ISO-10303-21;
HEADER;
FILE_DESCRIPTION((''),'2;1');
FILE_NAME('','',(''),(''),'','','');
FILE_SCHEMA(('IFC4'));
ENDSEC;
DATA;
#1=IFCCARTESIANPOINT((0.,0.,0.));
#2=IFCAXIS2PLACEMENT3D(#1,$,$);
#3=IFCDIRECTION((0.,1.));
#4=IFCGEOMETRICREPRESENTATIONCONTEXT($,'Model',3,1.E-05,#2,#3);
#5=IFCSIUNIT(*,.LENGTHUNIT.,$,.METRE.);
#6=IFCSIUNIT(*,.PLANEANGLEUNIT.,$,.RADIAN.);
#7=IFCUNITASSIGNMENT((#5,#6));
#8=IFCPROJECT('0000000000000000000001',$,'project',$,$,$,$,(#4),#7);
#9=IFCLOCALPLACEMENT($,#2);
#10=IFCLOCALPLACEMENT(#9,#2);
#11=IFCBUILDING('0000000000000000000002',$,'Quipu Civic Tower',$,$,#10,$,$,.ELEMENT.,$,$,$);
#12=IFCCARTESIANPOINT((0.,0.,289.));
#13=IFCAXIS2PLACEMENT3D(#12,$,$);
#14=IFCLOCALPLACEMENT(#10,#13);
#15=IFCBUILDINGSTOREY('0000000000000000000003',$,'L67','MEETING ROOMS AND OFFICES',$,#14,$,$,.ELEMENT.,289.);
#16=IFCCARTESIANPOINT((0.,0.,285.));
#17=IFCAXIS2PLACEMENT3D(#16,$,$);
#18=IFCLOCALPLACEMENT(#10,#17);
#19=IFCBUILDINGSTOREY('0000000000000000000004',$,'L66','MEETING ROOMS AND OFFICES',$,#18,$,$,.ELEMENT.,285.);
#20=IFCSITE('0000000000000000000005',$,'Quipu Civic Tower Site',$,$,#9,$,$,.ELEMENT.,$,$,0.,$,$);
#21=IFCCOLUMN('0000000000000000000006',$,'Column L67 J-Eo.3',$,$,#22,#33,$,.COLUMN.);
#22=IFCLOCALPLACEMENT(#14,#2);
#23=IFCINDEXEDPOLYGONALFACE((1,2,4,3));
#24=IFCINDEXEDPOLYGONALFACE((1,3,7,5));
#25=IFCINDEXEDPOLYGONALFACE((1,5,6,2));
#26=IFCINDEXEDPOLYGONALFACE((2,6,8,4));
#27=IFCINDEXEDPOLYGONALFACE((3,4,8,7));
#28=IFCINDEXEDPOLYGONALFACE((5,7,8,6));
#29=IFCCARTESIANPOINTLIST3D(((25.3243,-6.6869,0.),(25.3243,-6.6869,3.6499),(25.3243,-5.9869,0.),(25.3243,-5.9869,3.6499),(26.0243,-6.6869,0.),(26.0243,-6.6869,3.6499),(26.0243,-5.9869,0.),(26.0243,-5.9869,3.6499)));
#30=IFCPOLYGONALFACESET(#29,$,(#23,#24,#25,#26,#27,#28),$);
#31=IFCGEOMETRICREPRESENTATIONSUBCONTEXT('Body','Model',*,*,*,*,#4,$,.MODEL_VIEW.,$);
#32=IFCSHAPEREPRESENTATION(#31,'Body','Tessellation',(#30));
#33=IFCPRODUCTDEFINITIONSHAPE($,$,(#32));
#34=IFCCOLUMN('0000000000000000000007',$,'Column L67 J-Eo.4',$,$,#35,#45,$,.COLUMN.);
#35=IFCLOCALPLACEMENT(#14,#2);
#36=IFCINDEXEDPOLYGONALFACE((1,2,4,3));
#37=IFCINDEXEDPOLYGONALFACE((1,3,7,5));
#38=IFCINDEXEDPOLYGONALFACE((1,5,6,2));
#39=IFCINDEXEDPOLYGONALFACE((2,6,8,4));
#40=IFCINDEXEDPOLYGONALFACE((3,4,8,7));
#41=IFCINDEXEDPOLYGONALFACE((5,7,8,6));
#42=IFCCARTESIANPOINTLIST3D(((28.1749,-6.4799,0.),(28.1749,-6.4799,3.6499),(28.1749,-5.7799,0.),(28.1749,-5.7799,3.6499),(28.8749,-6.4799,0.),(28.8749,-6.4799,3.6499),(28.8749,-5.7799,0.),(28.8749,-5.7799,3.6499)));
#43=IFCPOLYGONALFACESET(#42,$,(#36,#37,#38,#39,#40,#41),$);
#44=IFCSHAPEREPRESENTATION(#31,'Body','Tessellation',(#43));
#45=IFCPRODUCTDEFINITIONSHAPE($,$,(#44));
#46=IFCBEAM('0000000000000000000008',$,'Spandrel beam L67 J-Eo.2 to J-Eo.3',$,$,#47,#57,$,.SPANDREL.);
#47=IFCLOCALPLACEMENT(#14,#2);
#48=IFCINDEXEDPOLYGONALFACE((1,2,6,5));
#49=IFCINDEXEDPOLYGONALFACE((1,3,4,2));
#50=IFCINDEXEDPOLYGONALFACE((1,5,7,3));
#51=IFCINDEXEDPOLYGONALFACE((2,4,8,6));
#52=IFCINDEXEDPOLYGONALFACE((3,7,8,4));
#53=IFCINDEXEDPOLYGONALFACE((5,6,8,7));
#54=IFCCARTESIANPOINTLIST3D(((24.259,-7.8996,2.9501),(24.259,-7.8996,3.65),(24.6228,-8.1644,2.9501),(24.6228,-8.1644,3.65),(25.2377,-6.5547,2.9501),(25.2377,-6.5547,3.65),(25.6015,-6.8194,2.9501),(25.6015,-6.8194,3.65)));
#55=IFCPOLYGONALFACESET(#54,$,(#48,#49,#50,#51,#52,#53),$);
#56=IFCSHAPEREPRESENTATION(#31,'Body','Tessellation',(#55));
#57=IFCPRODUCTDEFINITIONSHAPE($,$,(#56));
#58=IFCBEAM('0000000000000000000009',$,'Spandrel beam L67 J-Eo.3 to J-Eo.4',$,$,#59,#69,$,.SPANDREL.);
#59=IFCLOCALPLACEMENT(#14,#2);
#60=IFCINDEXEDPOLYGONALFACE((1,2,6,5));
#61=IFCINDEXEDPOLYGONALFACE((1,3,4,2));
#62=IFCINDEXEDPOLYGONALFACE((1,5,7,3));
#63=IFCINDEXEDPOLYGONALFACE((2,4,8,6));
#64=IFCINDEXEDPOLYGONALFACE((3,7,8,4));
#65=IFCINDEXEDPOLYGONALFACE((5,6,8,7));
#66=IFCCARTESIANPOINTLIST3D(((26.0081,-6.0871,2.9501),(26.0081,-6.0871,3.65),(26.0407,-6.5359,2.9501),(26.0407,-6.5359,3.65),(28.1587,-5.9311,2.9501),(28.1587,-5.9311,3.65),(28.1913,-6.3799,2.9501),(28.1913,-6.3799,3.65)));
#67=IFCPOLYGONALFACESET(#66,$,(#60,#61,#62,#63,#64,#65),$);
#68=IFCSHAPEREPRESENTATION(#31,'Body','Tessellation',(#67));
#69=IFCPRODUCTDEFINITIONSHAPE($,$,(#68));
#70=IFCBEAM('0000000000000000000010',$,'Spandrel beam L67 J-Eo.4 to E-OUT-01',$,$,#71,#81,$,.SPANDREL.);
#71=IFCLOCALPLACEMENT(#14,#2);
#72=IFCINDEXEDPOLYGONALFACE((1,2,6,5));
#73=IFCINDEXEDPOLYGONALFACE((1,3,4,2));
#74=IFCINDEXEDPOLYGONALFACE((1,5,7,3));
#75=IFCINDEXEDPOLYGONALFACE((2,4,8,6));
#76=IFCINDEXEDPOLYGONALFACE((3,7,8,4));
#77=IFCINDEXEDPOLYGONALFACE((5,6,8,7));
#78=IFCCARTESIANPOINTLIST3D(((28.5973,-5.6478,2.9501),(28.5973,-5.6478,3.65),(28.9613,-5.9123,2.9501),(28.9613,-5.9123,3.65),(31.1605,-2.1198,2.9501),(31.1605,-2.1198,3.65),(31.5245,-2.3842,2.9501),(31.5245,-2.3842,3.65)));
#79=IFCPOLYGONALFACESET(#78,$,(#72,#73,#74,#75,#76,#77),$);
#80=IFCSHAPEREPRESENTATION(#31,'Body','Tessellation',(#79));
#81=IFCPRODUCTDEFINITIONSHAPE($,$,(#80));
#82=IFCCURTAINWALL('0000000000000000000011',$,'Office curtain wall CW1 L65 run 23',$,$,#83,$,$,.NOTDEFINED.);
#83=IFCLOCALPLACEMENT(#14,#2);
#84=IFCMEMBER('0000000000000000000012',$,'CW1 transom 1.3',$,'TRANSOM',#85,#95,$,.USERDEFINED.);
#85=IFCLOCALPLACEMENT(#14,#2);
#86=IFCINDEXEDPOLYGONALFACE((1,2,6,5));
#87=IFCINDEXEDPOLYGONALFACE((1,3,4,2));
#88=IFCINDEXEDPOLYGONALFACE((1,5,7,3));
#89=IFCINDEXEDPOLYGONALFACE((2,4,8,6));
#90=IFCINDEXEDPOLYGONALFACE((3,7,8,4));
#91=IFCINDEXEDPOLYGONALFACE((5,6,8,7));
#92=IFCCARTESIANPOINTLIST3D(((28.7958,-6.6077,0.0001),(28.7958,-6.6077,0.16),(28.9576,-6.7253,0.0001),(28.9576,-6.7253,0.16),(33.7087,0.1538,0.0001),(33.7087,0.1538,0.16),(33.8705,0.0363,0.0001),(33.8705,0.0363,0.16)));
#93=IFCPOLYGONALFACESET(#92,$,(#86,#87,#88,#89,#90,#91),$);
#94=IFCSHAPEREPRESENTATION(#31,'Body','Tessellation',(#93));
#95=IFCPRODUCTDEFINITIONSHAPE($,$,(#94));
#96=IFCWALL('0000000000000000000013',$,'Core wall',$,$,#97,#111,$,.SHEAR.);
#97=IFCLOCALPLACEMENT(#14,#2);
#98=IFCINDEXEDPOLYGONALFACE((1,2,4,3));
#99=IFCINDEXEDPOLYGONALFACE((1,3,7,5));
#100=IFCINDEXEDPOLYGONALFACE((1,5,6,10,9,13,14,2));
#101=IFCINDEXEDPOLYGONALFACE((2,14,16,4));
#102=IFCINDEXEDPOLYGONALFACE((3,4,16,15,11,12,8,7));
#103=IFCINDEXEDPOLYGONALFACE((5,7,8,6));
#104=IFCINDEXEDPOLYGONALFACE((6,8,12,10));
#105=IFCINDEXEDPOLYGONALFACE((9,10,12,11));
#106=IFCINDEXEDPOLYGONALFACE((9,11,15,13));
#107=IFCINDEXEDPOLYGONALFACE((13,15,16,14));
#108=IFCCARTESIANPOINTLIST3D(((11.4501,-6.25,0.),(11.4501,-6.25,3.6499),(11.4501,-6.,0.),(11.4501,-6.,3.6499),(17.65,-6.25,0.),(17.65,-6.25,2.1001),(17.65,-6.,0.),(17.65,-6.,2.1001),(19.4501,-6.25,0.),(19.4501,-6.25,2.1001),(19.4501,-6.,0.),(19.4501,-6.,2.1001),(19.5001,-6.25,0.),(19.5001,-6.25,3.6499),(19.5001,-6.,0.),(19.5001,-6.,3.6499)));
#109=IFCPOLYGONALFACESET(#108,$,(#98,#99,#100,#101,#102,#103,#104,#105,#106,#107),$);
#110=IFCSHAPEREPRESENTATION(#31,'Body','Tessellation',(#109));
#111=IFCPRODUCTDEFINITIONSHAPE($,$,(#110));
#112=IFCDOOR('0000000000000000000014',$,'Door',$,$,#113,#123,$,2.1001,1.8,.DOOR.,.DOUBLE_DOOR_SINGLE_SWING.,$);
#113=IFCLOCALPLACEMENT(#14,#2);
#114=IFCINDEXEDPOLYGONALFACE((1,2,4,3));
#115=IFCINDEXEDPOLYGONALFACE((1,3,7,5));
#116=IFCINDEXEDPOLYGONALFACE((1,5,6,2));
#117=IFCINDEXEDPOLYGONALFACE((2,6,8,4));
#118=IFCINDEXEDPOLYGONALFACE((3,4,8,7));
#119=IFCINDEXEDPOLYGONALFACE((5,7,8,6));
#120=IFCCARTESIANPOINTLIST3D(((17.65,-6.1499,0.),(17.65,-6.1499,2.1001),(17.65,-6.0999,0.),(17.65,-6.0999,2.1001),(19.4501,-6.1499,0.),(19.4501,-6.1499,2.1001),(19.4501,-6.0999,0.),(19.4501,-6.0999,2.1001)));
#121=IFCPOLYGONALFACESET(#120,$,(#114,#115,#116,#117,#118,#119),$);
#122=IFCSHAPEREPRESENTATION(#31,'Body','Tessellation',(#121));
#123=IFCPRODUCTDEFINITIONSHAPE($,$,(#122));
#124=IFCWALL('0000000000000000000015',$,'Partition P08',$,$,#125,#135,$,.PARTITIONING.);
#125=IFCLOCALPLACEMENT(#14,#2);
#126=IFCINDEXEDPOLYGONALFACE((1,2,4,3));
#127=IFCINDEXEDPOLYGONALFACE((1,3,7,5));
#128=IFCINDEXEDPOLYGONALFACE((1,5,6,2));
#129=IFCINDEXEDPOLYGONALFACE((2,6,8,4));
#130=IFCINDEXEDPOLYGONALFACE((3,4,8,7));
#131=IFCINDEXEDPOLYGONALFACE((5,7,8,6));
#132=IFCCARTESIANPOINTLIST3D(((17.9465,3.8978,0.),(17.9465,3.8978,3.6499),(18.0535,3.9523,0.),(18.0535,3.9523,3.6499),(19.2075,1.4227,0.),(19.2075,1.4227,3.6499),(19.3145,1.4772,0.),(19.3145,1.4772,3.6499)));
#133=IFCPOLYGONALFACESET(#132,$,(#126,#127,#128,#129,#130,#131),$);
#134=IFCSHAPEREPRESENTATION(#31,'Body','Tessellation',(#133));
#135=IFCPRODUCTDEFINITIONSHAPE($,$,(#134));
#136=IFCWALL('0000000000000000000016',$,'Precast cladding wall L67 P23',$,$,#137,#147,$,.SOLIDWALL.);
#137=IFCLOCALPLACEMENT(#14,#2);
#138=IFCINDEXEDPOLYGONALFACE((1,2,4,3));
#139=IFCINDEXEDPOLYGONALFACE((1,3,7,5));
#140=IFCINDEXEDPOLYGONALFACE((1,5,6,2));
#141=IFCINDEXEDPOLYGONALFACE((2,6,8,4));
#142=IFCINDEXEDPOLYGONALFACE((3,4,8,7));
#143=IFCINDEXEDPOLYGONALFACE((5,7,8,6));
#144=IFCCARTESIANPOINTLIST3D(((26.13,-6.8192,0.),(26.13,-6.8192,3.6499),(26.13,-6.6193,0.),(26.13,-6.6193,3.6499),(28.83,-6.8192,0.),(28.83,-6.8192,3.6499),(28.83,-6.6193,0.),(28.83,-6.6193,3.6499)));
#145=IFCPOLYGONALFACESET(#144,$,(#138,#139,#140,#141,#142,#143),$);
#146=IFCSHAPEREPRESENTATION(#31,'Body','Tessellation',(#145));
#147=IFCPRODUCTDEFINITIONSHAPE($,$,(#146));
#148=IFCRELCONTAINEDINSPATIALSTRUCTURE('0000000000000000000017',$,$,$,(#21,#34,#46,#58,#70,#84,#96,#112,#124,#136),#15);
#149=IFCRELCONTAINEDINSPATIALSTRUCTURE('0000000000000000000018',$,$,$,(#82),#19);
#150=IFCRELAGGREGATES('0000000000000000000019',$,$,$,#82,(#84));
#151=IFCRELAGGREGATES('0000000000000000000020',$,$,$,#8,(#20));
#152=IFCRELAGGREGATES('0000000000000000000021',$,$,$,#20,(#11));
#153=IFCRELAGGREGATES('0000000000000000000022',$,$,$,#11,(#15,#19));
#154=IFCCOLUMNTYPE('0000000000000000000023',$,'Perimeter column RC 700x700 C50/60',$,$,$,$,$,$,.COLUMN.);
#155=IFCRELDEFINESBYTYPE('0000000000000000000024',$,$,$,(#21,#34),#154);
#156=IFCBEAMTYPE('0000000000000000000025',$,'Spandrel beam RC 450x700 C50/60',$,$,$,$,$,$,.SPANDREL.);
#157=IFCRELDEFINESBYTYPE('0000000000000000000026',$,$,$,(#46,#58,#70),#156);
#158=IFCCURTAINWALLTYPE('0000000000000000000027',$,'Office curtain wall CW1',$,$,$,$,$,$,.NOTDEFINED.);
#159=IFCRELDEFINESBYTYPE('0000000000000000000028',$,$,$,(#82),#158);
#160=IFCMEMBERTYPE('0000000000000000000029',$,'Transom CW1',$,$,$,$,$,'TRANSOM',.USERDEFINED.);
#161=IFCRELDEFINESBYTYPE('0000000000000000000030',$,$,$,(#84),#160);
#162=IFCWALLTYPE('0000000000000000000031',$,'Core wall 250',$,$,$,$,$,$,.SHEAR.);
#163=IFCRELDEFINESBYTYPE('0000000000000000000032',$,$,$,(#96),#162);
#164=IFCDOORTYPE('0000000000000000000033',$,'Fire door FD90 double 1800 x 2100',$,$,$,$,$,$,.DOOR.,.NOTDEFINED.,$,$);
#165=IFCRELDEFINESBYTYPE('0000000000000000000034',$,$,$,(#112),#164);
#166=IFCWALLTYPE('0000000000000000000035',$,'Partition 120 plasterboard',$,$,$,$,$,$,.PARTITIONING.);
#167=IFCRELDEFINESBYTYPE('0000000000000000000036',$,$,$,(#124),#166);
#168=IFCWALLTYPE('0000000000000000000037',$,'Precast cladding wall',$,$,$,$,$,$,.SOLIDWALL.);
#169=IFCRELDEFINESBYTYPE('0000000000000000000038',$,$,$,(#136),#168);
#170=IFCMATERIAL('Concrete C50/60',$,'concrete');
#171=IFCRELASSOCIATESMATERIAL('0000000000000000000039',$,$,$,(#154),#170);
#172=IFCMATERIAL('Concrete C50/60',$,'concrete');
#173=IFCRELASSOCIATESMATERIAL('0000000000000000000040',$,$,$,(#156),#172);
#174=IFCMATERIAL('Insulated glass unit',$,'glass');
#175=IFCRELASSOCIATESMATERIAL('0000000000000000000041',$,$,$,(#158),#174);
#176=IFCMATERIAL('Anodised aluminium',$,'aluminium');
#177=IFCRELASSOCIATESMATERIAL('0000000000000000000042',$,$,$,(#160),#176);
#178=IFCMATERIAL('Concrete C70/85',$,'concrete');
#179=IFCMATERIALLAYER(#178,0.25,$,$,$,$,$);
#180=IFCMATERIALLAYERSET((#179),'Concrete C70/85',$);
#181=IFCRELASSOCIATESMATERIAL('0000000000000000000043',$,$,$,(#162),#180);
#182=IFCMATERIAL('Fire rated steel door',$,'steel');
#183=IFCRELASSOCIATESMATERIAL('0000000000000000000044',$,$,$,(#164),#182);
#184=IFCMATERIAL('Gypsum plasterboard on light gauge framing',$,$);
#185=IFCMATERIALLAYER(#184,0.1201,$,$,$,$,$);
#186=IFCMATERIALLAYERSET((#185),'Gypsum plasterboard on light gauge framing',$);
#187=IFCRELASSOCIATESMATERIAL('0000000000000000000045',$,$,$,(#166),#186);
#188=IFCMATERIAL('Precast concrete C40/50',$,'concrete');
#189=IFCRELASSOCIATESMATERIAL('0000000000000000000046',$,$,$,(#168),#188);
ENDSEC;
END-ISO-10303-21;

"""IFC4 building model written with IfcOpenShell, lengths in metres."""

from ifc_helpers import new_model, si_unit, direction, frame, frame_2d, origin, origin_2d, place, context, subcontext, project, spatial, rectangle, extrude, material, layer, layer_set, material_profile, profile_set, type_object, element, fill, aggregate, save


model = new_model("IFC4")

# Units and contexts
model_context = context("Model", 3, precision=1e-05, world=origin(), true_north=direction((0.0, 1.0)))
body_context = subcontext(model_context, "Body", "Model", "MODEL_VIEW")
ifc_project = project(units=[si_unit("LENGTHUNIT", "METRE"), si_unit("PLANEANGLEUNIT", "RADIAN")], contexts=[model_context])

# Site, building, storey
site_placement = place(None, origin())
site = spatial("IfcSite", under=ifc_project, at=site_placement, Name="Quipu Civic Tower Site", CompositionType="ELEMENT", RefElevation=0.0)
building_placement = place(site_placement, origin())
building = spatial("IfcBuilding", under=site, at=building_placement, Name="Quipu Civic Tower", CompositionType="ELEMENT")
storey_1_placement = place(building_placement, frame((0.0, 0.0, 289.0)))
storey_1 = spatial("IfcBuildingStorey", under=building, at=storey_1_placement, Name="L67", Description="MEETING ROOMS AND OFFICES", CompositionType="ELEMENT", Elevation=289.0)

# Columns
ifc_material_1 = material(Name="Concrete C50/60", Category="concrete")
ifc_material_profile_1 = material_profile(ifc_material_1, rectangle(XDim=0.7, YDim=0.7, at=origin_2d()), Name="RC700x700")
ifc_profile_set_1 = profile_set([ifc_material_profile_1], Name="Concrete C50/60")
column_type = type_object("IfcColumnType", Name="Perimeter column RC 700x700 C50/60", PredefinedType="COLUMN", material=ifc_profile_set_1)
for number, where, z_axis, x_axis, name in (
    (1, (25.6743, -6.3369, 0.0), (0.0, 0.0, 1.0), (1.0, 0.0, 0.0), "Column L67 J-Eo.3"),
    (2, (28.5249, -6.1299, 0.0), (0.0, 0.0, 1.0), (1.0, 0.0, 0.0), "Column L67 J-Eo.4"),
):
    element("IfcColumn", number, at=place(storey_1_placement, frame(where, z_axis=z_axis, x_axis=x_axis)), inside=storey_1, type_object=column_type, Name=name, PredefinedType="COLUMN", context=body_context, shape_type="SweptSolid", body=[
        extrude(rectangle(XDim=0.7, YDim=0.7, at=origin_2d()), origin(), (0.0, 0.0, 1.0), 3.6499),
    ])

# Beams
ifc_material_2 = material(Name="Concrete C50/60", Category="concrete")
ifc_material_profile_2 = material_profile(ifc_material_2, rectangle(XDim=0.45, YDim=0.7, at=origin_2d()), Name="RC450x700")
ifc_profile_set_2 = profile_set([ifc_material_profile_2], Name="Concrete C50/60")
beam_type = type_object("IfcBeamType", Name="Spandrel beam RC 450x700 C50/60", PredefinedType="SPANDREL", material=ifc_profile_set_2)
beam_1_placement = place(storey_1_placement, frame((24.4409, -8.032, 3.3), z_axis=(0.588407, 0.808565, 0.0), x_axis=(-0.808565, 0.588407, 0.0)))
element("IfcBeam", 3, at=beam_1_placement, inside=storey_1, type_object=beam_type, Name="Spandrel beam L67 J-Eo.2 to J-Eo.3", PredefinedType="SPANDREL", context=body_context, shape_type="SweptSolid", body=[
    extrude(rectangle(XDim=0.45, YDim=0.7, at=origin_2d()), origin(), (0.0, 0.0, 1.0), 1.6633),
])
beam_2_placement = place(storey_1_placement, frame((26.0244, -6.3115, 3.3), z_axis=(0.997379, 0.072349, 0.0), x_axis=(-0.072349, 0.997379, 0.0)))
element("IfcBeam", 4, at=beam_2_placement, inside=storey_1, type_object=beam_type, Name="Spandrel beam L67 J-Eo.3 to J-Eo.4", PredefinedType="SPANDREL", context=body_context, shape_type="SweptSolid", body=[
    extrude(rectangle(XDim=0.45, YDim=0.7, at=origin_2d()), origin(), (0.0, 0.0, 1.0), 2.1562),
])
beam_3_placement = place(storey_1_placement, frame((28.7793, -5.78, 3.3), z_axis=(0.587776, 0.809024, 0.0), x_axis=(-0.809024, 0.587776, 0.0)))
element("IfcBeam", 5, at=beam_3_placement, inside=storey_1, type_object=beam_type, Name="Spandrel beam L67 J-Eo.4 to E-OUT-01", PredefinedType="SPANDREL", context=body_context, shape_type="SweptSolid", body=[
    extrude(rectangle(XDim=0.45, YDim=0.7, at=origin_2d()), origin(), (0.0, 0.0, 1.0), 4.3608),
])

# Shared definitions
storey_2_placement = place(building_placement, frame((0.0, 0.0, 285.0)))
storey_2 = spatial("IfcBuildingStorey", under=building, at=storey_2_placement, Name="L66", Description="MEETING ROOMS AND OFFICES", CompositionType="ELEMENT", Elevation=285.0)

# Curtain wall, member
ifc_material_3 = material(Name="Insulated glass unit", Category="glass")
curtain_wall_type = type_object("IfcCurtainWallType", Name="Office curtain wall CW1", PredefinedType="NOTDEFINED", material=ifc_material_3)
curtain_wall_placement = place(storey_2_placement, origin())
curtain_wall = element("IfcCurtainWall", 6, at=curtain_wall_placement, inside=storey_2, type_object=curtain_wall_type, Name="Office curtain wall CW1 L65 run 23", PredefinedType="NOTDEFINED")
ifc_material_4 = material(Name="Anodised aluminium", Category="aluminium")
ifc_material_profile_3 = material_profile(ifc_material_4, rectangle(XDim=0.2, YDim=0.1599, at=origin_2d()), Name="RECT 200x160")
ifc_profile_set_3 = profile_set([ifc_material_profile_3], Name="Anodised aluminium")
member_type = type_object("IfcMemberType", Name="Transom CW1", ElementType="TRANSOM", PredefinedType="USERDEFINED", material=ifc_profile_set_3)
member_placement = place(storey_1_placement, frame((28.8767, -6.6665, 0.0801), z_axis=(0.587812, 0.808997, 0.0), x_axis=(-0.808997, 0.587812, 0.0)))
member = element("IfcMember", 7, at=member_placement, inside=storey_1, type_object=member_type, Name="CW1 transom 1.3", ObjectType="TRANSOM", PredefinedType="USERDEFINED", context=body_context, shape_type="SweptSolid", body=[
    extrude(rectangle(XDim=0.2, YDim=0.1599, at=origin_2d()), origin(), (0.0, 0.0, 1.0), 8.3579),
])
aggregate(curtain_wall, [member])

# Wall, opening, door
ifc_material_5 = material(Name="Concrete C70/85", Category="concrete")
ifc_layer_1 = layer(ifc_material_5, 0.25)
ifc_layer_set_1 = layer_set([ifc_layer_1], Name="Concrete C70/85")
wall_type_1 = type_object("IfcWallType", Name="Core wall 250", PredefinedType="SHEAR", material=ifc_layer_set_1)
wall_1_placement = place(storey_1_placement, frame((19.5, -6.125, 0.0), z_axis=(0.0, 0.0, 1.0), x_axis=(-1.0, 0.0, 0.0)))
wall_1 = element("IfcWall", 8, at=wall_1_placement, inside=storey_1, type_object=wall_type_1, Name="Core wall", PredefinedType="SHEAR", context=body_context, shape_type="SweptSolid", body=[
    extrude(rectangle(XDim=8.05, YDim=0.25, at=frame_2d((4.0249, 0.0))), origin(), (0.0, 0.0, 1.0), 3.6499),
])
opening_1_placement = place(wall_1_placement, frame((0.05, 0.0, 0.0)))
opening_1 = element("IfcOpeningElement", 9, at=opening_1_placement, cuts=wall_1, PredefinedType="OPENING", context=body_context, shape_type="SweptSolid", body=[
    extrude(rectangle(XDim=1.8, YDim=2.1001, at=frame_2d((0.8999, 1.05))), frame((0.0, 0.135, 0.0), z_axis=(0.0, -1.0, 0.0), x_axis=(1.0, 0.0, 0.0)), (0.0, 0.0, 1.0), 0.27),
])
ifc_material_6 = material(Name="Fire rated steel door", Category="steel")
door_type_1 = type_object("IfcDoorType", Name="Fire door FD90 double 1800 x 2100", OperationType="NOTDEFINED", PredefinedType="DOOR", material=ifc_material_6)
door_1_placement = place(opening_1_placement, origin())
door_1 = element("IfcDoor", 10, at=door_1_placement, inside=storey_1, type_object=door_type_1, Name="Door", OperationType="DOUBLE_DOOR_SINGLE_SWING", OverallHeight=2.1001, OverallWidth=1.8, PredefinedType="DOOR", context=body_context, shape_type="SweptSolid", body=[
    extrude(rectangle(XDim=1.8, YDim=2.1001, at=frame_2d((0.8999, 1.05))), frame((0.0, 0.0249, 0.0), z_axis=(0.0, -1.0, 0.0), x_axis=(1.0, 0.0, 0.0)), (0.0, 0.0, 1.0), 0.05),
])
fill(opening_1, door_1)

# Walls
ifc_material_7 = material(Name="Gypsum plasterboard on light gauge framing")
ifc_layer_2 = layer(ifc_material_7, 0.1201)
ifc_layer_set_2 = layer_set([ifc_layer_2], Name="Gypsum plasterboard on light gauge framing")
wall_type_2 = type_object("IfcWallType", Name="Partition 120 plasterboard", PredefinedType="PARTITIONING", material=ifc_layer_set_2)
wall_2_placement = place(storey_1_placement, frame((18.0, 3.925, 0.0), z_axis=(0.0, 0.0, 1.0), x_axis=(0.453951, -0.891027, 0.0)))
element("IfcWall", 11, at=wall_2_placement, inside=storey_1, type_object=wall_type_2, Name="Partition P08", PredefinedType="PARTITIONING", context=body_context, shape_type="SweptSolid", body=[
    extrude(rectangle(XDim=2.7778, YDim=0.1201, at=frame_2d((1.3889, 0.0))), origin(), (0.0, 0.0, 1.0), 3.6499),
])
ifc_material_8 = material(Name="Precast concrete C40/50", Category="concrete")
wall_type_3 = type_object("IfcWallType", Name="Precast cladding wall", PredefinedType="SOLIDWALL", material=ifc_material_8)
wall_3_placement = place(storey_1_placement, frame((26.1299, -6.7192, 0.0), z_axis=(0.0, 0.0, 1.0), x_axis=(1.0, 0.0, 0.0)))
element("IfcWall", 12, at=wall_3_placement, inside=storey_1, type_object=wall_type_3, Name="Precast cladding wall L67 P23", PredefinedType="SOLIDWALL", context=body_context, shape_type="SweptSolid", body=[
    extrude(rectangle(XDim=2.7, YDim=0.2, at=frame_2d((1.3501, 0.0))), origin(), (0.0, 0.0, 1.0), 3.6499),
])

save(model, "model.ifc")
